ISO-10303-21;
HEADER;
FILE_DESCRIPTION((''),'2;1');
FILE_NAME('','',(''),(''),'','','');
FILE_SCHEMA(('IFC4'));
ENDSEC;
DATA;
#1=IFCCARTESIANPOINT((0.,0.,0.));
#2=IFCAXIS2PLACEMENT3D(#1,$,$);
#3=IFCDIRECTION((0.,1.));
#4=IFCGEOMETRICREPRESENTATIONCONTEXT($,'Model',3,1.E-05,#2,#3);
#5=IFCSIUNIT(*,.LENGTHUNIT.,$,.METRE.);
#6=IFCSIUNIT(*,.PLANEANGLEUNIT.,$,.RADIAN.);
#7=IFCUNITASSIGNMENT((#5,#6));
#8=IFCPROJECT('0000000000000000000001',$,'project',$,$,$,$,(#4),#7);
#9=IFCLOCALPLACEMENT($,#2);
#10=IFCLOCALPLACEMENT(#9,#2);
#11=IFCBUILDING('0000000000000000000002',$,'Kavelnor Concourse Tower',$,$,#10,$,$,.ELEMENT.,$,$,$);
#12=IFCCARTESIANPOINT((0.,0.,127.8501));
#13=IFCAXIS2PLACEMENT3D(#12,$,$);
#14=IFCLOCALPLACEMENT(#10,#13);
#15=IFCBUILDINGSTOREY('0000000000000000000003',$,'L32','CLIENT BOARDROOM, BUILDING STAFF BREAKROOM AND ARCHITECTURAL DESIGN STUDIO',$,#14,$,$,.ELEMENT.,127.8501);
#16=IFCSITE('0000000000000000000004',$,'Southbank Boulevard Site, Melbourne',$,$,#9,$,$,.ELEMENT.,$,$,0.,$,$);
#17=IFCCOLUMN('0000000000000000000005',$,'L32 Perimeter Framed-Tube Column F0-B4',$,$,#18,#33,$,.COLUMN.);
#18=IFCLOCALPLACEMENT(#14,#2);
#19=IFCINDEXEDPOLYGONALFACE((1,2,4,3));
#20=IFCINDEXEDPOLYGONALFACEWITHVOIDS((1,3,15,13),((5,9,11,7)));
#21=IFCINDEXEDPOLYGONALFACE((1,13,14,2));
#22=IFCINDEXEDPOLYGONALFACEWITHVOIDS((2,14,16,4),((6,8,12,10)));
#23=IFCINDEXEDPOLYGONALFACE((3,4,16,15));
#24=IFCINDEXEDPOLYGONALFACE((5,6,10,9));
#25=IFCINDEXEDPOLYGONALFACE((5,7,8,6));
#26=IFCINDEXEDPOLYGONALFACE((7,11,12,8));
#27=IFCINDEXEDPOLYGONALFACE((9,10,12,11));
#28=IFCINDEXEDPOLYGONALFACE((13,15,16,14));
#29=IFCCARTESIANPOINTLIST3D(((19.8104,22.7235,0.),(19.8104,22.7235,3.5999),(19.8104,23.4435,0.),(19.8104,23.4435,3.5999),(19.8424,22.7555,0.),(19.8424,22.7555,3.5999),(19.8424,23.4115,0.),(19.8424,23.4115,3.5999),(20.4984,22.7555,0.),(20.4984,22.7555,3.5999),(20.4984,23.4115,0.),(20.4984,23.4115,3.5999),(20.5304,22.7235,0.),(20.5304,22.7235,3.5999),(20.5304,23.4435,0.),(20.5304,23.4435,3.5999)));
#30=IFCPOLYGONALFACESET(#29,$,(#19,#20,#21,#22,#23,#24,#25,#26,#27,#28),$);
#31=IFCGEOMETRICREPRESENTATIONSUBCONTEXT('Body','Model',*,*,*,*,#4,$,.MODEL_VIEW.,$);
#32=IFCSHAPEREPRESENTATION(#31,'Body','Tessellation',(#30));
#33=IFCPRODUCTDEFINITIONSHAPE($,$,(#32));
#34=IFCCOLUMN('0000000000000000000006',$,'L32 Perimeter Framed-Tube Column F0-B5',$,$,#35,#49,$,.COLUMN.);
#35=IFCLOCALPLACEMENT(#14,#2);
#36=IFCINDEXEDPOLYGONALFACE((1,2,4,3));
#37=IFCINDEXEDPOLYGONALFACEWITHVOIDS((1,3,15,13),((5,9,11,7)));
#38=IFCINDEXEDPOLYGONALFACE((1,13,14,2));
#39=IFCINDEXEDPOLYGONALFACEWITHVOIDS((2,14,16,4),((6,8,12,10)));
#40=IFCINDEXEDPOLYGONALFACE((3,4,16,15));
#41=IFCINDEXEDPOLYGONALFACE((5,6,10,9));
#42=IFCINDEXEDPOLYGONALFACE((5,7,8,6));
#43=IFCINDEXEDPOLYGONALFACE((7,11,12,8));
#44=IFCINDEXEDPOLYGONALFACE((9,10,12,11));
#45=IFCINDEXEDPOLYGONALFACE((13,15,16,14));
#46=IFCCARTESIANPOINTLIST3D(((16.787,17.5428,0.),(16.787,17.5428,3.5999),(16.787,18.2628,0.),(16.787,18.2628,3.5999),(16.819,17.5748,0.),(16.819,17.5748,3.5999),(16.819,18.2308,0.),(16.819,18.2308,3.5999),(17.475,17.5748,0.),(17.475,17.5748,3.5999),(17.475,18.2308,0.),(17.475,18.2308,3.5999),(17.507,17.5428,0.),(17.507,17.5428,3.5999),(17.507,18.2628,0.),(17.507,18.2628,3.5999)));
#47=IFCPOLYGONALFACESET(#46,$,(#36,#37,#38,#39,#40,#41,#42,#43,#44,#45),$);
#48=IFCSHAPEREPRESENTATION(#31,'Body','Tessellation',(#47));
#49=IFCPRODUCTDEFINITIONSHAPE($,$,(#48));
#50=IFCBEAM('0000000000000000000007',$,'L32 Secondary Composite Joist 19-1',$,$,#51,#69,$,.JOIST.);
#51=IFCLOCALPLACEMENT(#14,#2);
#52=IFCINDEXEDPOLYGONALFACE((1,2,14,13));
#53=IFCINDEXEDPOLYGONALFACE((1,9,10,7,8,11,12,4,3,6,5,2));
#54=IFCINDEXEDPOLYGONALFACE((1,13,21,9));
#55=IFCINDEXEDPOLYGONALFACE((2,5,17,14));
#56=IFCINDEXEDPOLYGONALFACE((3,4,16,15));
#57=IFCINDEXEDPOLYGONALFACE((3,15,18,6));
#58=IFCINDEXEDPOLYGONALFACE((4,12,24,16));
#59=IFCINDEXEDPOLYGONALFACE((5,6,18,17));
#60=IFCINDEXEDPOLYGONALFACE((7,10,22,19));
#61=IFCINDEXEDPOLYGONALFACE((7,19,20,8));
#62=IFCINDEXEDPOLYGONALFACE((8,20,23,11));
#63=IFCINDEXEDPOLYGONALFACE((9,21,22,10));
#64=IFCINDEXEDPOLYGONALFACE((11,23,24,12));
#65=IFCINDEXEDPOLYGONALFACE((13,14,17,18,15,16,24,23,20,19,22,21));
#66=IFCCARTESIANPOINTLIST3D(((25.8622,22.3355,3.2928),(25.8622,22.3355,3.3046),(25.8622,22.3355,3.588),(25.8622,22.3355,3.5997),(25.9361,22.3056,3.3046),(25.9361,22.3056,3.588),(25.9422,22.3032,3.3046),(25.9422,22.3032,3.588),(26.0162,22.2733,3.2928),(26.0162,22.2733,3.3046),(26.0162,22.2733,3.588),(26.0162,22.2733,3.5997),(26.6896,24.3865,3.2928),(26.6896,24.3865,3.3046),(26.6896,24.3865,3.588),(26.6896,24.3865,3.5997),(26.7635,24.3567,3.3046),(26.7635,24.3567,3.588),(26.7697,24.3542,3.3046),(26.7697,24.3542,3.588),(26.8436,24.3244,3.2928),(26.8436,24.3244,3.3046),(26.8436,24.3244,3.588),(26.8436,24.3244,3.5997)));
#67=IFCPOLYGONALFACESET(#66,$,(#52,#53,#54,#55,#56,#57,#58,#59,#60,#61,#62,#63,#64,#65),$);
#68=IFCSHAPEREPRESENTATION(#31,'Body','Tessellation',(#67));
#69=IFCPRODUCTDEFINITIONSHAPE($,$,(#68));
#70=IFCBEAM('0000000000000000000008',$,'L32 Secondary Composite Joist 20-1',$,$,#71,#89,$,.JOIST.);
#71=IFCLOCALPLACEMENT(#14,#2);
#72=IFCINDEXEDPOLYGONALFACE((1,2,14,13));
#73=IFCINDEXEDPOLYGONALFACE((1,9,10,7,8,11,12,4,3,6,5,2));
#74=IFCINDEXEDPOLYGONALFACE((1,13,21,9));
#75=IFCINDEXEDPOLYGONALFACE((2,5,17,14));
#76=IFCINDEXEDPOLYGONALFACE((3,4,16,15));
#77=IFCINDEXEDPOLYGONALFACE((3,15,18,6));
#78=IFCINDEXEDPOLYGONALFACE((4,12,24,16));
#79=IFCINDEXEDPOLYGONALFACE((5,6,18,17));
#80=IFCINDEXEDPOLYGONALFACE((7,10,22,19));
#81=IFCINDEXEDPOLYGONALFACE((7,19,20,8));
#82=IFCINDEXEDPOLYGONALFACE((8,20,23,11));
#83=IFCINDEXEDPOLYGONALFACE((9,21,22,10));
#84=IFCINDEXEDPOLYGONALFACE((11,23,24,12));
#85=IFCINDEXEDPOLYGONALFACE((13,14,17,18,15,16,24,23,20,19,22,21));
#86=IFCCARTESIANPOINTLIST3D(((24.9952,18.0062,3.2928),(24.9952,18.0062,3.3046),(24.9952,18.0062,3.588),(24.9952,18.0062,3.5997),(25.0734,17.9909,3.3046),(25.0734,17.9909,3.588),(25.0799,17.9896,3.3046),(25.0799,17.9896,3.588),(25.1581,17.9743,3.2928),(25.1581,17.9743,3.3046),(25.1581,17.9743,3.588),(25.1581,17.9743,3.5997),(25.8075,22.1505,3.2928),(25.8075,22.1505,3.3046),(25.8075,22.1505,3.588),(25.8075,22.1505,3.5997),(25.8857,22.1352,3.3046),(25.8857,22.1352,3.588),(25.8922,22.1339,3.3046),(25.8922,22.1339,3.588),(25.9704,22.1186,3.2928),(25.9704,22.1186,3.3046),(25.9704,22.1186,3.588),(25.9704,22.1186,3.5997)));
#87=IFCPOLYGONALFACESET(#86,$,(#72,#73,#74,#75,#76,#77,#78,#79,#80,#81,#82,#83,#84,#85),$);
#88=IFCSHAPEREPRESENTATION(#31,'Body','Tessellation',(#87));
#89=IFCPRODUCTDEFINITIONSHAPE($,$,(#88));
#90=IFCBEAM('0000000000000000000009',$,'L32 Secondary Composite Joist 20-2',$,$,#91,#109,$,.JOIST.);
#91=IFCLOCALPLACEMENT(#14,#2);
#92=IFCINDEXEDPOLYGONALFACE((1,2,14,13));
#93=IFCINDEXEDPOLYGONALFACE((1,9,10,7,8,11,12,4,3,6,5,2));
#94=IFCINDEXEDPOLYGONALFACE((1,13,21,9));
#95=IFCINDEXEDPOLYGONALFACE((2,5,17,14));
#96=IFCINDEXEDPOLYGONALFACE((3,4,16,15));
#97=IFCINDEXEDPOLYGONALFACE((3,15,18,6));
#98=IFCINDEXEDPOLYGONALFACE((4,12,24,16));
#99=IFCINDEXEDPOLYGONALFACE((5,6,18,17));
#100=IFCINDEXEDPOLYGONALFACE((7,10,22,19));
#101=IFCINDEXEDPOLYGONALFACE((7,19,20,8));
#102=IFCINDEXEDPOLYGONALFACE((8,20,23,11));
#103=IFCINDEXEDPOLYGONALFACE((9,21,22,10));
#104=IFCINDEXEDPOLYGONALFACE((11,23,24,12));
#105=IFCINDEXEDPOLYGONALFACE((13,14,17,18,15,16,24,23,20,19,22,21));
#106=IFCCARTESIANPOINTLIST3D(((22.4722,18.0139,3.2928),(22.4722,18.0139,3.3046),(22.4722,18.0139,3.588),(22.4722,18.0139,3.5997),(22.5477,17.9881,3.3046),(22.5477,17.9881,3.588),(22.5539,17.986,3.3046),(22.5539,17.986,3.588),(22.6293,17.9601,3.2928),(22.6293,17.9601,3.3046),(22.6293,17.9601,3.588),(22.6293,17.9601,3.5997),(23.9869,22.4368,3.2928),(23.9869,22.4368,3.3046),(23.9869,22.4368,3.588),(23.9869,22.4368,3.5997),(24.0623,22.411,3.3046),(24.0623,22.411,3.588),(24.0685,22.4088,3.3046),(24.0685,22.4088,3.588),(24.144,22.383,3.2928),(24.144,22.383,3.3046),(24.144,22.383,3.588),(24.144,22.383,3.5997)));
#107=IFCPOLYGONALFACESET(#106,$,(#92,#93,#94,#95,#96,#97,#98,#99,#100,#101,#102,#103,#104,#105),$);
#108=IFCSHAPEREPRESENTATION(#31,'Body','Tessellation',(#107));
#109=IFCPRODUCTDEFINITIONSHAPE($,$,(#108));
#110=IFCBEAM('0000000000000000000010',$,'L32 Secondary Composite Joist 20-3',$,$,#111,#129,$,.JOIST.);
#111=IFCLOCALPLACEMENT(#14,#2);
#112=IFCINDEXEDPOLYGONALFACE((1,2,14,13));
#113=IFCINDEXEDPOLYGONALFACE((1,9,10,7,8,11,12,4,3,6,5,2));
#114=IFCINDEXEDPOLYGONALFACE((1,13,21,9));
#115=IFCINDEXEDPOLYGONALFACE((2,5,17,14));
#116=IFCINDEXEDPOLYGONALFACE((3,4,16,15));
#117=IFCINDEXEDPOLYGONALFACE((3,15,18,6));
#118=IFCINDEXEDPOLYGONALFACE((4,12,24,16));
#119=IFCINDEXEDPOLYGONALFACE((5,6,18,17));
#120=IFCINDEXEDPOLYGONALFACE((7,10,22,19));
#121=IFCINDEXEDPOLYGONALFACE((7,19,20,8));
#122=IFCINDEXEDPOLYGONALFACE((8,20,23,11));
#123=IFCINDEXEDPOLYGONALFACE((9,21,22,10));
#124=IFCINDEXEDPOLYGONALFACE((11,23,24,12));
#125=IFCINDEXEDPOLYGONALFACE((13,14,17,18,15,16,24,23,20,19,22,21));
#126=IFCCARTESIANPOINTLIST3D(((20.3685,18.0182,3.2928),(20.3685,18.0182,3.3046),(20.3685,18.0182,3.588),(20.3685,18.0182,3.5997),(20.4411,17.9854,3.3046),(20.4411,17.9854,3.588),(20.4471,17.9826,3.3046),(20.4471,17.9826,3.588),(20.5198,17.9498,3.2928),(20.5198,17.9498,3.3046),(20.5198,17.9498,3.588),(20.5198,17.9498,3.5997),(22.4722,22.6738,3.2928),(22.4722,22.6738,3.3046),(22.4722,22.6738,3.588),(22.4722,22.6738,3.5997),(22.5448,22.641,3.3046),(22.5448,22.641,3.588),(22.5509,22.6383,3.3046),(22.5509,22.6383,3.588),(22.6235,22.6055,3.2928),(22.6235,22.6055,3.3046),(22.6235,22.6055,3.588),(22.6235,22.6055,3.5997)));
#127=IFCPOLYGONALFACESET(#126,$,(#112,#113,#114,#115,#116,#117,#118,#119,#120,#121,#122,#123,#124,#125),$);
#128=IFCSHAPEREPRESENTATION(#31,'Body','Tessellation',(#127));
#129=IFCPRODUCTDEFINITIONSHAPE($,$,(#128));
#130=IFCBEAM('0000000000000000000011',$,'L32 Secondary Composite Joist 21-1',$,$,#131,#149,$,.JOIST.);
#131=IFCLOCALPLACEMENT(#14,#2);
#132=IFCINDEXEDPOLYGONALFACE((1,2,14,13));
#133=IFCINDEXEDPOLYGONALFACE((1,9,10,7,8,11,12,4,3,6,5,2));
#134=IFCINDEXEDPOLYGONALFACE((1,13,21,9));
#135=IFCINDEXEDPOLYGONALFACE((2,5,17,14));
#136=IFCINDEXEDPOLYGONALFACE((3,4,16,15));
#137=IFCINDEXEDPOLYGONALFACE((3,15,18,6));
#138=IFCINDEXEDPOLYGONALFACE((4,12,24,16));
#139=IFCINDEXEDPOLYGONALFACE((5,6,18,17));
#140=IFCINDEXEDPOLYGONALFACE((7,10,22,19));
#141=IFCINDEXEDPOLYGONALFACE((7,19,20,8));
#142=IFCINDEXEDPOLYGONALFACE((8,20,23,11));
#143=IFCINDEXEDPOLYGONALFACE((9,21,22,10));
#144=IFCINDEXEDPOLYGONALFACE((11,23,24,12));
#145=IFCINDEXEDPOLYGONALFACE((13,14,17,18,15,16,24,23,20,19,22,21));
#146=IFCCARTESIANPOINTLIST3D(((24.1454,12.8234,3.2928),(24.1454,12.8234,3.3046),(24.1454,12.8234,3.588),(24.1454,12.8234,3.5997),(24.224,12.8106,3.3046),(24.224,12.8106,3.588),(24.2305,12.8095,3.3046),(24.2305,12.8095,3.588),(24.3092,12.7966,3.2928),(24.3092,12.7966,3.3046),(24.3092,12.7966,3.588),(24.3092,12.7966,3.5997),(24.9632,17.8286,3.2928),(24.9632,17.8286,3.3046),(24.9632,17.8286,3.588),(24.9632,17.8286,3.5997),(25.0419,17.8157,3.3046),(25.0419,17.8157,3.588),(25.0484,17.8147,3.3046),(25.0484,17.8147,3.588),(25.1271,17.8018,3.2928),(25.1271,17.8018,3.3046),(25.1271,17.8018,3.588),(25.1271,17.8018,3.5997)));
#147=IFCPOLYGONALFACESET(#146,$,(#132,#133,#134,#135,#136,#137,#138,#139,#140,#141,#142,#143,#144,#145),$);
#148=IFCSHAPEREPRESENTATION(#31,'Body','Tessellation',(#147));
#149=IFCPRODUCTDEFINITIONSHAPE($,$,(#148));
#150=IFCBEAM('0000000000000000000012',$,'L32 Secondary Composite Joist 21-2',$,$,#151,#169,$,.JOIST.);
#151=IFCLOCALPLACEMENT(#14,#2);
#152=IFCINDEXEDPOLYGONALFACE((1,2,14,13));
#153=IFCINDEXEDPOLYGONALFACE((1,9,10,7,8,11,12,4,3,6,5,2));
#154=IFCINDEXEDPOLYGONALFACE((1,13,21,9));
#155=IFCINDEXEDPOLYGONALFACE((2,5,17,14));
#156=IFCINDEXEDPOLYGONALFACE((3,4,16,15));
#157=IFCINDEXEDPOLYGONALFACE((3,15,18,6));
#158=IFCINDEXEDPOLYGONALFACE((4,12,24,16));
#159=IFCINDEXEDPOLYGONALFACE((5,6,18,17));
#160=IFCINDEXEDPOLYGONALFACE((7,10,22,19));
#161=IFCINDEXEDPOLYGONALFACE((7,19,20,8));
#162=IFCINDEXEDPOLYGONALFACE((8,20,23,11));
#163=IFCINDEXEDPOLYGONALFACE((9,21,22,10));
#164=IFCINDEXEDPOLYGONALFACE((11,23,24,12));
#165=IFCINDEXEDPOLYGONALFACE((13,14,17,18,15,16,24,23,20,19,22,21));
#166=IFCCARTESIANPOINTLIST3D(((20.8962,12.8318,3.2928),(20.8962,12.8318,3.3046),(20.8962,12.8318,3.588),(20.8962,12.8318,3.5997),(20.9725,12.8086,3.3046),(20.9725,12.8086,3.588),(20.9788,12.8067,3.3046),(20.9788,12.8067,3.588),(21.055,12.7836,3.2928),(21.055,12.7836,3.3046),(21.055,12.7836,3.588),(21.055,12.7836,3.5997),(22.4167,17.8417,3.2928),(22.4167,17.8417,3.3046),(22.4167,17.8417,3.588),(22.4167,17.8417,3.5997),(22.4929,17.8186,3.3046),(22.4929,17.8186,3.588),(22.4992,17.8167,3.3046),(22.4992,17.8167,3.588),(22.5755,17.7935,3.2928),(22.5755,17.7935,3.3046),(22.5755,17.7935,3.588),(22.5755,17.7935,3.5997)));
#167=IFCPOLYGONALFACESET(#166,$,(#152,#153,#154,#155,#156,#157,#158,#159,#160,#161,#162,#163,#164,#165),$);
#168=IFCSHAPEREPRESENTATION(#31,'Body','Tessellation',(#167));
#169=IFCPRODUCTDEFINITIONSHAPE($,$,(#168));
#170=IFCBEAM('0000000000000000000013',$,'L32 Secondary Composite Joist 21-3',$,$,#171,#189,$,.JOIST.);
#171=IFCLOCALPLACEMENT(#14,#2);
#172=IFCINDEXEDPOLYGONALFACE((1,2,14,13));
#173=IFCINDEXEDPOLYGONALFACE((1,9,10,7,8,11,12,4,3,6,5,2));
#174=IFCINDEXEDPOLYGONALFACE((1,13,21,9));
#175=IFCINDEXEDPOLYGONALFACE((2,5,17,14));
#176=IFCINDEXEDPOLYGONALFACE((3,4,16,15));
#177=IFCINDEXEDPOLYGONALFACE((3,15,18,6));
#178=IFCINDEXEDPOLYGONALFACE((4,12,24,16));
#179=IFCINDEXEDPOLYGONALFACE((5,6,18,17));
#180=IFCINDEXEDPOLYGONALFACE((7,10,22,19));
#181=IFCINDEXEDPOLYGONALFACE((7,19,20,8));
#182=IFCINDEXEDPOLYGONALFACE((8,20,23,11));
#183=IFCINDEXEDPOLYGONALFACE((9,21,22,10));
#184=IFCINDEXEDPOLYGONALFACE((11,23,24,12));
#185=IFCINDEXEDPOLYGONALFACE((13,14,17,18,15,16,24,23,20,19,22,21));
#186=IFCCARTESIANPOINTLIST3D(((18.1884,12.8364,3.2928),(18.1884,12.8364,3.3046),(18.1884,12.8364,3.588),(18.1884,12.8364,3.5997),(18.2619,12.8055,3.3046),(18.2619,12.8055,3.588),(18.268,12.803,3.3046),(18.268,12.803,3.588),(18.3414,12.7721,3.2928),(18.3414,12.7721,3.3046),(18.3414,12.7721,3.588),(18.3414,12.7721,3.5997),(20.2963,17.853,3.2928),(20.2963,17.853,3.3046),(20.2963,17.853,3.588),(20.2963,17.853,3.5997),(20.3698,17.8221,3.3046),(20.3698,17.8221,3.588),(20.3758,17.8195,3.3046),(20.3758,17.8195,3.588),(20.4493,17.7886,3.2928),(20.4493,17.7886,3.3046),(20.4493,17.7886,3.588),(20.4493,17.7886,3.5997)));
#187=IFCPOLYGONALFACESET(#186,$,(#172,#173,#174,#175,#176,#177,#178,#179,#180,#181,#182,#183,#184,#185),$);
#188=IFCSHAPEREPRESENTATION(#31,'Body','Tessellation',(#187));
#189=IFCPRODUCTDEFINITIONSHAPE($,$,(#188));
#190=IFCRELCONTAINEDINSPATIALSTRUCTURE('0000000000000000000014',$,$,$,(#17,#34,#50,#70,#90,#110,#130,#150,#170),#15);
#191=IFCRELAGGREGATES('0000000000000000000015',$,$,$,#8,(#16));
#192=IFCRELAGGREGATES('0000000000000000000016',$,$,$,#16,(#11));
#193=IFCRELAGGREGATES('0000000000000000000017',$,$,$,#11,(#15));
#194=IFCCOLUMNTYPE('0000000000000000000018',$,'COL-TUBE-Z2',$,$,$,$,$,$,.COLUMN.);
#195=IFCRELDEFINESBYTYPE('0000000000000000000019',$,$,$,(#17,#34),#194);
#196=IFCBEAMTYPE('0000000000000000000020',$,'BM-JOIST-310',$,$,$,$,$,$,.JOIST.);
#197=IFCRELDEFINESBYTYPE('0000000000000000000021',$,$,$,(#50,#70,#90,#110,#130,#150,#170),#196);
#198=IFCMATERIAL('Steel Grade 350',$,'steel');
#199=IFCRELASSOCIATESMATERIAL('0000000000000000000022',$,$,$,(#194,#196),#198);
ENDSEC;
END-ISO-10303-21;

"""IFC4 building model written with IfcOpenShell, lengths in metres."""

from ifc_helpers import new_model, si_unit, direction, frame, origin, origin_2d, place, context, subcontext, project, spatial, hollow_rectangle, i_section, extrude, material, material_profile, profile_set, type_object, element, save


model = new_model("IFC4")

# Units and contexts
model_context = context("Model", 3, precision=1e-05, world=origin(), true_north=direction((0.0, 1.0)))
body_context = subcontext(model_context, "Body", "Model", "MODEL_VIEW")
ifc_project = project(units=[si_unit("LENGTHUNIT", "METRE"), si_unit("PLANEANGLEUNIT", "RADIAN")], contexts=[model_context])

# Site, building, storey
site_placement = place(None, origin())
site = spatial("IfcSite", under=ifc_project, at=site_placement, Name="Southbank Boulevard Site, Melbourne", CompositionType="ELEMENT", RefElevation=0.0)
building_placement = place(site_placement, origin())
building = spatial("IfcBuilding", under=site, at=building_placement, Name="Kavelnor Concourse Tower", CompositionType="ELEMENT")
storey_placement = place(building_placement, frame((0.0, 0.0, 127.8501)))
storey = spatial("IfcBuildingStorey", under=building, at=storey_placement, Name="L32", Description="CLIENT BOARDROOM, BUILDING STAFF BREAKROOM AND ARCHITECTURAL DESIGN STUDIO", CompositionType="ELEMENT", Elevation=127.8501)

# Columns
ifc_material_1 = material(Name="Steel Grade 350", Category="steel")
ifc_material_profile_1 = material_profile(ifc_material_1, hollow_rectangle(XDim=0.72, YDim=0.72, WallThickness=0.032, at=origin_2d()), Name="SHS 720x720x32")
ifc_profile_set_1 = profile_set([ifc_material_profile_1], Name="Steel Grade 350")
column_type = type_object("IfcColumnType", Name="COL-TUBE-Z2", PredefinedType="COLUMN", material=ifc_profile_set_1)
for number, where, z_axis, x_axis, name in (
    (1, (20.1704, 23.0835, 0.0), (0.0, 0.0, 1.0), (1.0, 0.0, 0.0), "L32 Perimeter Framed-Tube Column F0-B4"),
    (2, (17.147, 17.9028, 0.0), (0.0, 0.0, 1.0), (1.0, 0.0, 0.0), "L32 Perimeter Framed-Tube Column F0-B5"),
):
    element("IfcColumn", number, at=place(storey_placement, frame(where, z_axis=z_axis, x_axis=x_axis)), inside=storey, type_object=column_type, Name=name, PredefinedType="COLUMN", context=body_context, shape_type="SweptSolid", body=[
        extrude(hollow_rectangle(XDim=0.72, YDim=0.72, WallThickness=0.032, at=origin_2d()), origin(), (0.0, 0.0, 1.0), 3.5999),
    ])

# Beams
ifc_material_profile_2 = material_profile(ifc_material_1, i_section(OverallWidth=0.166, OverallDepth=0.3069, WebThickness=0.0066, FlangeThickness=0.0117, at=origin_2d()), Name="310UB46")
ifc_profile_set_2 = profile_set([ifc_material_profile_2], Name="Steel Grade 350")
beam_type_1 = type_object("IfcBeamType", Name="BM-JOIST-310", PredefinedType="JOIST", material=ifc_profile_set_2)
beam_1_placement = place(storey_placement, frame((26.7666, 24.3555, 3.4463), z_axis=(-0.374111, -0.927384, 0.0), x_axis=(0.927384, -0.374111, 0.0)))
element("IfcBeam", 3, at=beam_1_placement, inside=storey, type_object=beam_type_1, Name="L32 Secondary Composite Joist 19-1", PredefinedType="JOIST", context=body_context, shape_type="SweptSolid", body=[
    extrude(i_section(OverallWidth=0.166, OverallDepth=0.3069, WebThickness=0.0066, FlangeThickness=0.0117, at=origin_2d()), origin(), (0.0, 0.0, 1.0), 2.2117),
])
beam_2_placement = place(storey_placement, frame((25.8889, 22.1345, 3.4463), z_axis=(-0.192335, -0.981329, 0.0), x_axis=(0.981329, -0.192335, 0.0)))
element("IfcBeam", 4, at=beam_2_placement, inside=storey, type_object=beam_type_1, Name="L32 Secondary Composite Joist 20-1", PredefinedType="JOIST", context=body_context, shape_type="SweptSolid", body=[
    extrude(i_section(OverallWidth=0.166, OverallDepth=0.3069, WebThickness=0.0066, FlangeThickness=0.0117, at=origin_2d()), origin(), (0.0, 0.0, 1.0), 4.2231),
])
beam_3_placement = place(storey_placement, frame((24.0654, 22.4099, 3.4463), z_axis=(-0.323988, -0.946061, 0.0), x_axis=(0.946061, -0.323988, 0.0)))
element("IfcBeam", 5, at=beam_3_placement, inside=storey, type_object=beam_type_1, Name="L32 Secondary Composite Joist 20-2", PredefinedType="JOIST", context=body_context, shape_type="SweptSolid", body=[
    extrude(i_section(OverallWidth=0.166, OverallDepth=0.3069, WebThickness=0.0066, FlangeThickness=0.0117, at=origin_2d()), origin(), (0.0, 0.0, 1.0), 4.675),
])
beam_4_placement = place(storey_placement, frame((22.5479, 22.6396, 3.4463), z_axis=(-0.411775, -0.911286, 0.0), x_axis=(0.911286, -0.411775, 0.0)))
element("IfcBeam", 6, at=beam_4_placement, inside=storey, type_object=beam_type_1, Name="L32 Secondary Composite Joist 20-3", PredefinedType="JOIST", context=body_context, shape_type="SweptSolid", body=[
    extrude(i_section(OverallWidth=0.166, OverallDepth=0.3069, WebThickness=0.0066, FlangeThickness=0.0117, at=origin_2d()), origin(), (0.0, 0.0, 1.0), 5.1089),
])
beam_5_placement = place(storey_placement, frame((25.0452, 17.8152, 3.4463), z_axis=(-0.161268, -0.986911, 0.0), x_axis=(0.986911, -0.161268, 0.0)))
element("IfcBeam", 7, at=beam_5_placement, inside=storey, type_object=beam_type_1, Name="L32 Secondary Composite Joist 21-1", PredefinedType="JOIST", context=body_context, shape_type="SweptSolid", body=[
    extrude(i_section(OverallWidth=0.166, OverallDepth=0.3069, WebThickness=0.0066, FlangeThickness=0.0117, at=origin_2d()), origin(), (0.0, 0.0, 1.0), 5.0715),
])
beam_6_placement = place(storey_placement, frame((22.4961, 17.8176, 3.4463), z_axis=(-0.290414, -0.956901, 0.0), x_axis=(0.956901, -0.290414, 0.0)))
element("IfcBeam", 8, at=beam_6_placement, inside=storey, type_object=beam_type_1, Name="L32 Secondary Composite Joist 21-2", PredefinedType="JOIST", context=body_context, shape_type="SweptSolid", body=[
    extrude(i_section(OverallWidth=0.166, OverallDepth=0.3069, WebThickness=0.0066, FlangeThickness=0.0117, at=origin_2d()), origin(), (0.0, 0.0, 1.0), 5.2356),
])
beam_7_placement = place(storey_placement, frame((20.3728, 17.8208, 3.4463), z_axis=(-0.387379, -0.921921, 0.0), x_axis=(0.921921, -0.387379, 0.0)))
element("IfcBeam", 9, at=beam_7_placement, inside=storey, type_object=beam_type_1, Name="L32 Secondary Composite Joist 21-3", PredefinedType="JOIST", context=body_context, shape_type="SweptSolid", body=[
    extrude(i_section(OverallWidth=0.166, OverallDepth=0.3069, WebThickness=0.0066, FlangeThickness=0.0117, at=origin_2d()), origin(), (0.0, 0.0, 1.0), 5.4414),
])

save(model, "model.ifc")
